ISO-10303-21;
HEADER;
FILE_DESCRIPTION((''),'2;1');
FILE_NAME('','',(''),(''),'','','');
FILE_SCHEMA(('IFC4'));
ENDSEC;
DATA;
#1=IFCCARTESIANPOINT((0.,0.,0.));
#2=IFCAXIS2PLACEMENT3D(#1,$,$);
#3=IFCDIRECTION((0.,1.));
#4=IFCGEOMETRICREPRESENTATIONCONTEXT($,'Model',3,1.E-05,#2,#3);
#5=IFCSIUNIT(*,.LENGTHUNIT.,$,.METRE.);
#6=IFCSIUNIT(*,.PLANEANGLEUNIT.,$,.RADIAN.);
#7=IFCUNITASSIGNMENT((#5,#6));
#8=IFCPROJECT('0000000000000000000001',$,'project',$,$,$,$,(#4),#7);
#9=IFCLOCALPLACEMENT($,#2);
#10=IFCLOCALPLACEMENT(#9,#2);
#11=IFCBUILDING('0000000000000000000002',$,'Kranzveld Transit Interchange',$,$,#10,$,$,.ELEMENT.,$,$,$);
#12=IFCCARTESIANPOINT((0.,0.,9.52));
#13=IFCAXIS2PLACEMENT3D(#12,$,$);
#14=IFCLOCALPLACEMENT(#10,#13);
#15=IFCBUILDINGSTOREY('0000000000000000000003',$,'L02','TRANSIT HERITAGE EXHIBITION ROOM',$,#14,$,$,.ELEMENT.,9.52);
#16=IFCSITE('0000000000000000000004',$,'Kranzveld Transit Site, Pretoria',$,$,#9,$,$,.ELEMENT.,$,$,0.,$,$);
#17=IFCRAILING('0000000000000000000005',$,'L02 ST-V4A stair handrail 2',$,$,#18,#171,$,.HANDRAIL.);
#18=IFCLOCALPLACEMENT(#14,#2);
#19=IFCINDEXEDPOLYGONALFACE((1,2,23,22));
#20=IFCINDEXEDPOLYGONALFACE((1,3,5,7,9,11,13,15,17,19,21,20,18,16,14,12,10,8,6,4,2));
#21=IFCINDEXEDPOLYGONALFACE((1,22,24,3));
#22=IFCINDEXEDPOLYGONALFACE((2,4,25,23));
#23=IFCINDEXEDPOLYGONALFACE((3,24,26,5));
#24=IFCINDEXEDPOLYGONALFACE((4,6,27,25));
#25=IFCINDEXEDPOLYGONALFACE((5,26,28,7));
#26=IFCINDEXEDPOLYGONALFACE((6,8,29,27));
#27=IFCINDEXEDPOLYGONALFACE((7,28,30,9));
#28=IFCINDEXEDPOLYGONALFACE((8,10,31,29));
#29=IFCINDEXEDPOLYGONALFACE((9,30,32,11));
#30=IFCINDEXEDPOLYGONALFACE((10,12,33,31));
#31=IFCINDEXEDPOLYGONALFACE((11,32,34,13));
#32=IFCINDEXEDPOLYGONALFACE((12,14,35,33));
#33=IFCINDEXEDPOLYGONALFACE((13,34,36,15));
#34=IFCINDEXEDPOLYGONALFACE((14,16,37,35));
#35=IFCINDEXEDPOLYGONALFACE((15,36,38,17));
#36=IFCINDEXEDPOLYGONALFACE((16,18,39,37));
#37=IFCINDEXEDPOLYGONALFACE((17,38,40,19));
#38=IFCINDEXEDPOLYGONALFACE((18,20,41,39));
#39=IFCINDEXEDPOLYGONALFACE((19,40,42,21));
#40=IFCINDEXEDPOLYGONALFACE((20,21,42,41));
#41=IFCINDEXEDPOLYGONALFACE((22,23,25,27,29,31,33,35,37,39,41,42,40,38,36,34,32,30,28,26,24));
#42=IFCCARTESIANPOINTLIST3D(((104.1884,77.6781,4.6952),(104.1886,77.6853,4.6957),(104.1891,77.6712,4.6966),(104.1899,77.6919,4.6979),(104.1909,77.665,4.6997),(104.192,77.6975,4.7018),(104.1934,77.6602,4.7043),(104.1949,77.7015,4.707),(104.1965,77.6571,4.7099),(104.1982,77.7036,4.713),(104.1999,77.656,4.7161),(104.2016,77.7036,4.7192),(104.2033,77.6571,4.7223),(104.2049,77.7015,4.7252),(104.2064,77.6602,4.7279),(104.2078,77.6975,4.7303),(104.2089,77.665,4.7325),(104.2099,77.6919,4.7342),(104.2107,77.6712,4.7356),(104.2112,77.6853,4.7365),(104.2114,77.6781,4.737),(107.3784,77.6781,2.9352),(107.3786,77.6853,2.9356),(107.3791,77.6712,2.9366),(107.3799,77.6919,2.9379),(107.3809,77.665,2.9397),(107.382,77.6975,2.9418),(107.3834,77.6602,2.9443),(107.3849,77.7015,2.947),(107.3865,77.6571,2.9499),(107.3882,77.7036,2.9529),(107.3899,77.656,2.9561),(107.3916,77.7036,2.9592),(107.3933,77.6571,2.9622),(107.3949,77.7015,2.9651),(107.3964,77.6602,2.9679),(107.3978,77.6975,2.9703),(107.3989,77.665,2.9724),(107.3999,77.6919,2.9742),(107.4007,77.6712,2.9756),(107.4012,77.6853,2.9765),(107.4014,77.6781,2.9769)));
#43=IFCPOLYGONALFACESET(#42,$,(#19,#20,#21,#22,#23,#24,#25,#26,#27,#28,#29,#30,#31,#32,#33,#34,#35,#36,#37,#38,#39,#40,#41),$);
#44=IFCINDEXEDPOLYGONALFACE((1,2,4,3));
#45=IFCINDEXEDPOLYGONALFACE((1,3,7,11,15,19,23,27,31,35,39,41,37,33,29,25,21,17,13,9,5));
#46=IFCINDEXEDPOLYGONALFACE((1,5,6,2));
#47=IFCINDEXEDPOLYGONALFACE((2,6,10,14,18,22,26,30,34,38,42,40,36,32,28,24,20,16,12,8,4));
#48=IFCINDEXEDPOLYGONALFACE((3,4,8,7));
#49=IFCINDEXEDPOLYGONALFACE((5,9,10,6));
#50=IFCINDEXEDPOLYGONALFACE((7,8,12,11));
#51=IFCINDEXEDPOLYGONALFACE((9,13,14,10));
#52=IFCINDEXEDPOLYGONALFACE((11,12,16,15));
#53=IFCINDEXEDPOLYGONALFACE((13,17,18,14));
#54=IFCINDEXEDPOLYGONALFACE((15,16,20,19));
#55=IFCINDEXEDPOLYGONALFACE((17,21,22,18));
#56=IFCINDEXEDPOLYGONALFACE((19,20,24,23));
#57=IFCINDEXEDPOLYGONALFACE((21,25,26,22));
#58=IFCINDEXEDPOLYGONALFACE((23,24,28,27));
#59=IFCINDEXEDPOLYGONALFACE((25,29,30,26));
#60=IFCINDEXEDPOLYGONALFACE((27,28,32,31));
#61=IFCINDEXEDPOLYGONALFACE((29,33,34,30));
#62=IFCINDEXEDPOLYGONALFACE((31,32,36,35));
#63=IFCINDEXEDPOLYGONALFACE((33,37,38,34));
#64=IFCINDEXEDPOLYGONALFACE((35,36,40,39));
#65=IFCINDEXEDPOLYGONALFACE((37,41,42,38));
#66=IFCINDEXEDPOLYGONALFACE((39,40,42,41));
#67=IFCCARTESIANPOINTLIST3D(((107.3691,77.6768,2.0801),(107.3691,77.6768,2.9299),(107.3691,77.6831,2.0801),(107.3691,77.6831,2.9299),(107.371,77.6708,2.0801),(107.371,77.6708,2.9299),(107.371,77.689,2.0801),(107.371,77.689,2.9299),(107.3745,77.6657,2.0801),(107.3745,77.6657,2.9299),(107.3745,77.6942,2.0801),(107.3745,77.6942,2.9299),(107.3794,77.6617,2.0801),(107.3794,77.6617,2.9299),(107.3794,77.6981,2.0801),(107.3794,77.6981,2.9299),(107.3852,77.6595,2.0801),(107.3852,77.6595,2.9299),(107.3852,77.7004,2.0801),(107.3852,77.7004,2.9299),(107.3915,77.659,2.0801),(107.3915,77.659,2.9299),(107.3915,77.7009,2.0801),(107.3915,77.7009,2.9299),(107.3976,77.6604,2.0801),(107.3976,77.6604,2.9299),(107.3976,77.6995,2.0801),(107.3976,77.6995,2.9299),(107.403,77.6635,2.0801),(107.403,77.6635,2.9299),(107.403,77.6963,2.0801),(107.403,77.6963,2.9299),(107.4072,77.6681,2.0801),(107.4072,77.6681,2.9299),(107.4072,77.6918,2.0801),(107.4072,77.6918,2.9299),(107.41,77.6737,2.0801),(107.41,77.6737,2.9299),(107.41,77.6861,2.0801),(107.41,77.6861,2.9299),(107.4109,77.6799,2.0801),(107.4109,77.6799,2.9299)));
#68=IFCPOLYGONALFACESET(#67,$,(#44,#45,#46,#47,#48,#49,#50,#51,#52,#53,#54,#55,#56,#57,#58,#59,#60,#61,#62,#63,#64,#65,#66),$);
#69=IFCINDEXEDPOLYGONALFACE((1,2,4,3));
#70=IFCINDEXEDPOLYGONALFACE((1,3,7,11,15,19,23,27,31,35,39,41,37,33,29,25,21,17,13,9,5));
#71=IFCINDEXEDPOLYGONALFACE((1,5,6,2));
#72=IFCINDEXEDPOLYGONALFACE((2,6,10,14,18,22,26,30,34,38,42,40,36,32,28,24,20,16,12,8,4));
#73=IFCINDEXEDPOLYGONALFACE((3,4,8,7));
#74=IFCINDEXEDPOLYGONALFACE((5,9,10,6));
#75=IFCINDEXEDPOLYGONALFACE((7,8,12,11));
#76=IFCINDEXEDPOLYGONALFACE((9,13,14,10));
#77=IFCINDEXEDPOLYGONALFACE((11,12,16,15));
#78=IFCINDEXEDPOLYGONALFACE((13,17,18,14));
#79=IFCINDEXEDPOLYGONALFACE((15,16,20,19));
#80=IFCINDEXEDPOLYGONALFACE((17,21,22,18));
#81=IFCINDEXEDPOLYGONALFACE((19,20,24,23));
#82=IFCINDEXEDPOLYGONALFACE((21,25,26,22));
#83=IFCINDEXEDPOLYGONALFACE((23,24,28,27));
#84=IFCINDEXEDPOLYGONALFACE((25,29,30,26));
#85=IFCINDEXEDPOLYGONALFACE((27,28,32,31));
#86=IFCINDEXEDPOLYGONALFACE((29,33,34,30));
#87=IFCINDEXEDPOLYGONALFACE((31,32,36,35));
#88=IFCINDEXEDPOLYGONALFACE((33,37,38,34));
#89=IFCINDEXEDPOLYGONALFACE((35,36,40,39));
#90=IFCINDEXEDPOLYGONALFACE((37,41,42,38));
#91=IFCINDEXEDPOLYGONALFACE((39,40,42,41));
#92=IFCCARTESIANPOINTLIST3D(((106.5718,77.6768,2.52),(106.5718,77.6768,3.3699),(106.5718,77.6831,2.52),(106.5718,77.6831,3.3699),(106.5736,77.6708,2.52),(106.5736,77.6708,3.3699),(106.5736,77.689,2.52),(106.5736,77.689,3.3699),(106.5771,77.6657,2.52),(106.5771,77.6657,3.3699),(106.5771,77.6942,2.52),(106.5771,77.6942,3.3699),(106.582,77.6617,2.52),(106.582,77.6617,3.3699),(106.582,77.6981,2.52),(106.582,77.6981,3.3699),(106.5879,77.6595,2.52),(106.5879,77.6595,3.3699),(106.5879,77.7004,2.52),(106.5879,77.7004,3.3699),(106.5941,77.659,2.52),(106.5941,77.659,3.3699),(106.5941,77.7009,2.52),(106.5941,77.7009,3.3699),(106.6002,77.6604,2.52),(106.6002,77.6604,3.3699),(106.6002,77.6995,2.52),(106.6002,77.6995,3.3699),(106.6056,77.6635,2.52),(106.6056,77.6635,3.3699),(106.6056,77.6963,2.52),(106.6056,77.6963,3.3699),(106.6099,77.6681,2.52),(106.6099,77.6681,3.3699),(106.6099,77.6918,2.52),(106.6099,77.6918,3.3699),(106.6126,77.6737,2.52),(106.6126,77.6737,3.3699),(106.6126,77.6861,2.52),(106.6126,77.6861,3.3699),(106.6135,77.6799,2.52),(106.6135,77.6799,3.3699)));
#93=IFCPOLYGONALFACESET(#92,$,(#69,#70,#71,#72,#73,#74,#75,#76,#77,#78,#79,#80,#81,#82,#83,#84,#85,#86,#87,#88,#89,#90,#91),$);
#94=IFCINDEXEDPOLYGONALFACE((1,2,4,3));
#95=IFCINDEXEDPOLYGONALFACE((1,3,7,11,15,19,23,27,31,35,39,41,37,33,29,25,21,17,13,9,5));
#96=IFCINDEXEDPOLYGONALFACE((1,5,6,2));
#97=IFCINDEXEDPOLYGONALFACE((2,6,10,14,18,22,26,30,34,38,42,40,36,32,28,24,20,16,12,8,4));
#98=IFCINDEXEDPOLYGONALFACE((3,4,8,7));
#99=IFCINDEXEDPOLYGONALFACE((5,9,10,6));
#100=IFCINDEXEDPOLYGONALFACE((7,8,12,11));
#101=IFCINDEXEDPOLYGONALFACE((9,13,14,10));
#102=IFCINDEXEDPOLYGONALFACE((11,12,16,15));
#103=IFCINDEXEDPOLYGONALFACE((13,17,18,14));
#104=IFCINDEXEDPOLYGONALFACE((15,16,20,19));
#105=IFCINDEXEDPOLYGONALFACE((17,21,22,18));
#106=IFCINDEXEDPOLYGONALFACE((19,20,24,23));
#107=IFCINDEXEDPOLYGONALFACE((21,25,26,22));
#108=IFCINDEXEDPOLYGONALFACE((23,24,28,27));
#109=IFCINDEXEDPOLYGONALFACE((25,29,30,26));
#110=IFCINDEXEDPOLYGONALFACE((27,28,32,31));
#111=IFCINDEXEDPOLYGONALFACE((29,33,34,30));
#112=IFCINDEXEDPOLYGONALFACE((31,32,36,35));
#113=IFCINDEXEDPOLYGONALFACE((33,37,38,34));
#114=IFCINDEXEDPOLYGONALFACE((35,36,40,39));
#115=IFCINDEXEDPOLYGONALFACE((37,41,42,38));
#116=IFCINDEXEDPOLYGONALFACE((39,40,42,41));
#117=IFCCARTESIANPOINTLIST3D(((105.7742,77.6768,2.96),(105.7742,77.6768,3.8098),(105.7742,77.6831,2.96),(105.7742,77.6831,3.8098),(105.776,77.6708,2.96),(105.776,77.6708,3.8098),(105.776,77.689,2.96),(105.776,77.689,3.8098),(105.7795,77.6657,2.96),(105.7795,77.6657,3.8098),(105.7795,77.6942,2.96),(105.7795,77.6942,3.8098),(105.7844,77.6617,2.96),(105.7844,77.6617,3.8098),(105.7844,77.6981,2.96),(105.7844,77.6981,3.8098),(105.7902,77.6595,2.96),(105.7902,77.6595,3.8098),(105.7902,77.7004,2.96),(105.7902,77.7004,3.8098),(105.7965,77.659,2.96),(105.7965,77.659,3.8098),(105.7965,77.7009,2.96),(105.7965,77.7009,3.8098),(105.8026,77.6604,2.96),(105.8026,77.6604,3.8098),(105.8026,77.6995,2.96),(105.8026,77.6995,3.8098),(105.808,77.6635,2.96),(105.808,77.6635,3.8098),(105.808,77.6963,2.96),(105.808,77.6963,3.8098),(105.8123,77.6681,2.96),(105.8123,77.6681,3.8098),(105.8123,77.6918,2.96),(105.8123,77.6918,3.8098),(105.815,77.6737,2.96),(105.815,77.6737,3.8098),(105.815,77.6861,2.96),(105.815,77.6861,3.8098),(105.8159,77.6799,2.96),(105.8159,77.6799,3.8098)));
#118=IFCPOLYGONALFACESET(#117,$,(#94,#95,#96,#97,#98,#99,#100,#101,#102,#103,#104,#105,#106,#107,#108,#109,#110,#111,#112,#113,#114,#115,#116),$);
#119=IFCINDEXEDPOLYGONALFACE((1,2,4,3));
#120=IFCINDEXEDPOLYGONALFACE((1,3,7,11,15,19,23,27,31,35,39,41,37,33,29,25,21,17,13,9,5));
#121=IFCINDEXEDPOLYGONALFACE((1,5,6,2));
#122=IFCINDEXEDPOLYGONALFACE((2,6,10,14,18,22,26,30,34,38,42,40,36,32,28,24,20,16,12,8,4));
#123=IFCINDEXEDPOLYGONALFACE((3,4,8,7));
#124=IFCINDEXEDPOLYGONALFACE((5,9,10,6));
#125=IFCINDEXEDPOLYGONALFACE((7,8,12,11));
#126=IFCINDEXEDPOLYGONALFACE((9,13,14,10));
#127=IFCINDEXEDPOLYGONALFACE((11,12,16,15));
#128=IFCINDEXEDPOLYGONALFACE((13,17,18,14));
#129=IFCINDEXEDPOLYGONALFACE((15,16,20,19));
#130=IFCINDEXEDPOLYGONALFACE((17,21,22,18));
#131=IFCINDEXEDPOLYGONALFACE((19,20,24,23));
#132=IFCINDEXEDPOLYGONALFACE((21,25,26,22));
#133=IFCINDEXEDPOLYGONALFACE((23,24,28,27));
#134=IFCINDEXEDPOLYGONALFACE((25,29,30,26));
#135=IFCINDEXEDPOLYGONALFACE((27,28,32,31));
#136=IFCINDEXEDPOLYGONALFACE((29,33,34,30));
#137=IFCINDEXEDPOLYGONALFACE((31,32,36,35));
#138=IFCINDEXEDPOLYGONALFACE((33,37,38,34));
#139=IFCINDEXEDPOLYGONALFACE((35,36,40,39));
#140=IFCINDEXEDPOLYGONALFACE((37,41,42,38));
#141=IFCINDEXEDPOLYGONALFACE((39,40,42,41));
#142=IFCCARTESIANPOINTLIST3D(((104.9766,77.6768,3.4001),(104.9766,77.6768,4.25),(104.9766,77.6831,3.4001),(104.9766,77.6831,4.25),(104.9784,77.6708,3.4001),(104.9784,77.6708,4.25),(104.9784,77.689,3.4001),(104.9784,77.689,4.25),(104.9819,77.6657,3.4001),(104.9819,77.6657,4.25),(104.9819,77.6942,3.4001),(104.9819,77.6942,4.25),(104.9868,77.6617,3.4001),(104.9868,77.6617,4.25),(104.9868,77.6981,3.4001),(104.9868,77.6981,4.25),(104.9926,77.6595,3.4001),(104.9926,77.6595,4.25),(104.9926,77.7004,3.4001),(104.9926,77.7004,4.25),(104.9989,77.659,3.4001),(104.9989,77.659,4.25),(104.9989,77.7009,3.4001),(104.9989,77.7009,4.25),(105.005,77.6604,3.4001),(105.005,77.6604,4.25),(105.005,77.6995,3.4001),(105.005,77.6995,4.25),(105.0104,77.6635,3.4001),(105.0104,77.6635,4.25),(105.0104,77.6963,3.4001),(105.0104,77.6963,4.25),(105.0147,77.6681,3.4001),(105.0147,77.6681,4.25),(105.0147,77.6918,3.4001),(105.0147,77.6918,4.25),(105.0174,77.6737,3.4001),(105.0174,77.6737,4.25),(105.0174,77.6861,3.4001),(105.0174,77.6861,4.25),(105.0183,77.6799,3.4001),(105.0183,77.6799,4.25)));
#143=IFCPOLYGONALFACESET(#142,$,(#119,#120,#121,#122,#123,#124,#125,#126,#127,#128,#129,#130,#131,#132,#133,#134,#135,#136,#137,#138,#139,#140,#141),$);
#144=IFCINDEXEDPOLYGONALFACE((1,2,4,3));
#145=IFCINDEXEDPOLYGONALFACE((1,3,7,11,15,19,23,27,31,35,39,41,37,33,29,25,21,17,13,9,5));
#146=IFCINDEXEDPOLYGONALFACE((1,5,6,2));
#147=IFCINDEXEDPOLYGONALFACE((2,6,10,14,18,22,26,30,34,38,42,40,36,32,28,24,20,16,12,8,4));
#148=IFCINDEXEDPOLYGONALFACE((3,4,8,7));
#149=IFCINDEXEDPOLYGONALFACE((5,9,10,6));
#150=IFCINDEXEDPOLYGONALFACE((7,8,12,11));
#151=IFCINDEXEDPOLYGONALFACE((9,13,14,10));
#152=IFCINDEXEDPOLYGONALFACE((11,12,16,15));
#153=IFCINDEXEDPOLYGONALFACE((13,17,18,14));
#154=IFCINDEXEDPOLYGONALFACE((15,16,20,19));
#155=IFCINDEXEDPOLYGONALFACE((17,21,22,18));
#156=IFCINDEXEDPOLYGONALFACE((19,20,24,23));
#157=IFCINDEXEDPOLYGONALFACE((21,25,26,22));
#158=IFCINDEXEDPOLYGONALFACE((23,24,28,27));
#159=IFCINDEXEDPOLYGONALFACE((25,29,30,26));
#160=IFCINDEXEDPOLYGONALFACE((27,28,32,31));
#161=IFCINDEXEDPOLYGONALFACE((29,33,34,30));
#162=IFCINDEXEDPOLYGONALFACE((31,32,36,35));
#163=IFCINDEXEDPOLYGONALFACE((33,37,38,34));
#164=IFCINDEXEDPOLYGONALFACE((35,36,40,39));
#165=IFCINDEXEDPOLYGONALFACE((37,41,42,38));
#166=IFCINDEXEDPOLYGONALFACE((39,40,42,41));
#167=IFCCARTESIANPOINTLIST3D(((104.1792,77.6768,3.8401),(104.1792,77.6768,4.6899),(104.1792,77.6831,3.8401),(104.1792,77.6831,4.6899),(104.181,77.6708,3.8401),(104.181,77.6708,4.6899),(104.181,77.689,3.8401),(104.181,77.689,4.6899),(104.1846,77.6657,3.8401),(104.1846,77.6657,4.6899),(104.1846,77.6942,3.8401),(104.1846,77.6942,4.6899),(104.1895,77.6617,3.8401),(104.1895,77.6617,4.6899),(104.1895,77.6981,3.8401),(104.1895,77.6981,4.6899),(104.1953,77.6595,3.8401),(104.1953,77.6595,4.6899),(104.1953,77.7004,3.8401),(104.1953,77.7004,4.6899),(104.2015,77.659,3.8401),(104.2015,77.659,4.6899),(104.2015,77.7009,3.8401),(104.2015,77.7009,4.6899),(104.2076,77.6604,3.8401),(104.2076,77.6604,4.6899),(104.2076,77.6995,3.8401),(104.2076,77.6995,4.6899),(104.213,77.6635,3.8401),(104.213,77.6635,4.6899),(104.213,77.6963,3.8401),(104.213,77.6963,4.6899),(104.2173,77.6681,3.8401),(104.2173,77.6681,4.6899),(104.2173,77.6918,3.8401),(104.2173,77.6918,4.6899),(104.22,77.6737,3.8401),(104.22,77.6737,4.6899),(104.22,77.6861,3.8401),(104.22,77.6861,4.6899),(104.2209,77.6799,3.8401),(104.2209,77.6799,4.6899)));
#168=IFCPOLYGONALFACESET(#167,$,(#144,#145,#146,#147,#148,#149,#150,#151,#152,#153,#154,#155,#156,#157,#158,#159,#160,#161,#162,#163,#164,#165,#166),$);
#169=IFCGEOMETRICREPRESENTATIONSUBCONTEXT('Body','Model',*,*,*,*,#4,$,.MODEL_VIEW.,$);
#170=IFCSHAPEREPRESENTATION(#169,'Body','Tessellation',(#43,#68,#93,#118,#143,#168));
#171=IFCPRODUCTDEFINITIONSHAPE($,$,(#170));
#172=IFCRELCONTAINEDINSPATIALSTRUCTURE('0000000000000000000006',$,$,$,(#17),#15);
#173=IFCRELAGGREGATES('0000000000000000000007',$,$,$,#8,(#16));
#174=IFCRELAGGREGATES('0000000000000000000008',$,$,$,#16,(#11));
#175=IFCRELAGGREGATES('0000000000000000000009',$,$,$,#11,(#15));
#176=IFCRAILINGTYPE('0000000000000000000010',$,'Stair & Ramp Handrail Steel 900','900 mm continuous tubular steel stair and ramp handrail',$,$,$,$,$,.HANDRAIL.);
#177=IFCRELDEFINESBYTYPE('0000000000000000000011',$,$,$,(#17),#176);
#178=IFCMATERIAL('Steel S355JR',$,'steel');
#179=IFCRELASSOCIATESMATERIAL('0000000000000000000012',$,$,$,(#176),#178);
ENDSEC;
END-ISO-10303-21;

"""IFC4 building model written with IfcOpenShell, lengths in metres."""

from ifc_helpers import new_model, si_unit, direction, frame, origin, origin_2d, place, context, subcontext, project, spatial, circle, extrude, material, type_object, element, save


model = new_model("IFC4")

# Units and contexts
model_context = context("Model", 3, precision=1e-05, world=origin(), true_north=direction((0.0, 1.0)))
body_context = subcontext(model_context, "Body", "Model", "MODEL_VIEW")
ifc_project = project(units=[si_unit("LENGTHUNIT", "METRE"), si_unit("PLANEANGLEUNIT", "RADIAN")], contexts=[model_context])

# Site, building, storey
site_placement = place(None, origin())
site = spatial("IfcSite", under=ifc_project, at=site_placement, Name="Kranzveld Transit Site, Pretoria", CompositionType="ELEMENT", RefElevation=0.0)
building_placement = place(site_placement, origin())
building = spatial("IfcBuilding", under=site, at=building_placement, Name="Kranzveld Transit Interchange", CompositionType="ELEMENT")
storey_placement = place(building_placement, frame((0.0, 0.0, 9.52)))
storey = spatial("IfcBuildingStorey", under=building, at=storey_placement, Name="L02", Description="TRANSIT HERITAGE EXHIBITION ROOM", CompositionType="ELEMENT", Elevation=9.52)

# Railing
ifc_material_1 = material(Name="Steel S355JR", Category="steel")
railing_type_1 = type_object("IfcRailingType", Name="Stair & Ramp Handrail Steel 900", Description="900 mm continuous tubular steel stair and ramp handrail", PredefinedType="HANDRAIL", material=ifc_material_1)
railing_1_placement = place(storey_placement, frame((107.3899, 77.6799, 2.0801)))
element("IfcRailing", 1, at=railing_1_placement, inside=storey, type_object=railing_type_1, Name="L02 ST-V4A stair handrail 2", PredefinedType="HANDRAIL", context=body_context, shape_type="SweptSolid", body=[
    extrude(circle(Radius=0.0239, at=origin_2d()), frame((0.0, 0.0, 0.876), z_axis=(-0.875573, 0.0, 0.483086), x_axis=(0.0, -1.0, 0.0)), (0.0, 0.0, 1.0), 3.6433),
    extrude(circle(Radius=0.021, at=origin_2d()), origin(), (0.0, 0.0, 1.0), 0.8499),
    extrude(circle(Radius=0.021, at=origin_2d()), frame((-0.7974, 0.0, 0.4399)), (0.0, 0.0, 1.0), 0.8499),
    extrude(circle(Radius=0.021, at=origin_2d()), frame((-1.595, 0.0, 0.8799)), (0.0, 0.0, 1.0), 0.8499),
    extrude(circle(Radius=0.021, at=origin_2d()), frame((-2.3926, 0.0, 1.3201)), (0.0, 0.0, 1.0), 0.8499),
    extrude(circle(Radius=0.021, at=origin_2d()), frame((-3.1899, 0.0, 1.76)), (0.0, 0.0, 1.0), 0.8499),
])

save(model, "model.ifc")
